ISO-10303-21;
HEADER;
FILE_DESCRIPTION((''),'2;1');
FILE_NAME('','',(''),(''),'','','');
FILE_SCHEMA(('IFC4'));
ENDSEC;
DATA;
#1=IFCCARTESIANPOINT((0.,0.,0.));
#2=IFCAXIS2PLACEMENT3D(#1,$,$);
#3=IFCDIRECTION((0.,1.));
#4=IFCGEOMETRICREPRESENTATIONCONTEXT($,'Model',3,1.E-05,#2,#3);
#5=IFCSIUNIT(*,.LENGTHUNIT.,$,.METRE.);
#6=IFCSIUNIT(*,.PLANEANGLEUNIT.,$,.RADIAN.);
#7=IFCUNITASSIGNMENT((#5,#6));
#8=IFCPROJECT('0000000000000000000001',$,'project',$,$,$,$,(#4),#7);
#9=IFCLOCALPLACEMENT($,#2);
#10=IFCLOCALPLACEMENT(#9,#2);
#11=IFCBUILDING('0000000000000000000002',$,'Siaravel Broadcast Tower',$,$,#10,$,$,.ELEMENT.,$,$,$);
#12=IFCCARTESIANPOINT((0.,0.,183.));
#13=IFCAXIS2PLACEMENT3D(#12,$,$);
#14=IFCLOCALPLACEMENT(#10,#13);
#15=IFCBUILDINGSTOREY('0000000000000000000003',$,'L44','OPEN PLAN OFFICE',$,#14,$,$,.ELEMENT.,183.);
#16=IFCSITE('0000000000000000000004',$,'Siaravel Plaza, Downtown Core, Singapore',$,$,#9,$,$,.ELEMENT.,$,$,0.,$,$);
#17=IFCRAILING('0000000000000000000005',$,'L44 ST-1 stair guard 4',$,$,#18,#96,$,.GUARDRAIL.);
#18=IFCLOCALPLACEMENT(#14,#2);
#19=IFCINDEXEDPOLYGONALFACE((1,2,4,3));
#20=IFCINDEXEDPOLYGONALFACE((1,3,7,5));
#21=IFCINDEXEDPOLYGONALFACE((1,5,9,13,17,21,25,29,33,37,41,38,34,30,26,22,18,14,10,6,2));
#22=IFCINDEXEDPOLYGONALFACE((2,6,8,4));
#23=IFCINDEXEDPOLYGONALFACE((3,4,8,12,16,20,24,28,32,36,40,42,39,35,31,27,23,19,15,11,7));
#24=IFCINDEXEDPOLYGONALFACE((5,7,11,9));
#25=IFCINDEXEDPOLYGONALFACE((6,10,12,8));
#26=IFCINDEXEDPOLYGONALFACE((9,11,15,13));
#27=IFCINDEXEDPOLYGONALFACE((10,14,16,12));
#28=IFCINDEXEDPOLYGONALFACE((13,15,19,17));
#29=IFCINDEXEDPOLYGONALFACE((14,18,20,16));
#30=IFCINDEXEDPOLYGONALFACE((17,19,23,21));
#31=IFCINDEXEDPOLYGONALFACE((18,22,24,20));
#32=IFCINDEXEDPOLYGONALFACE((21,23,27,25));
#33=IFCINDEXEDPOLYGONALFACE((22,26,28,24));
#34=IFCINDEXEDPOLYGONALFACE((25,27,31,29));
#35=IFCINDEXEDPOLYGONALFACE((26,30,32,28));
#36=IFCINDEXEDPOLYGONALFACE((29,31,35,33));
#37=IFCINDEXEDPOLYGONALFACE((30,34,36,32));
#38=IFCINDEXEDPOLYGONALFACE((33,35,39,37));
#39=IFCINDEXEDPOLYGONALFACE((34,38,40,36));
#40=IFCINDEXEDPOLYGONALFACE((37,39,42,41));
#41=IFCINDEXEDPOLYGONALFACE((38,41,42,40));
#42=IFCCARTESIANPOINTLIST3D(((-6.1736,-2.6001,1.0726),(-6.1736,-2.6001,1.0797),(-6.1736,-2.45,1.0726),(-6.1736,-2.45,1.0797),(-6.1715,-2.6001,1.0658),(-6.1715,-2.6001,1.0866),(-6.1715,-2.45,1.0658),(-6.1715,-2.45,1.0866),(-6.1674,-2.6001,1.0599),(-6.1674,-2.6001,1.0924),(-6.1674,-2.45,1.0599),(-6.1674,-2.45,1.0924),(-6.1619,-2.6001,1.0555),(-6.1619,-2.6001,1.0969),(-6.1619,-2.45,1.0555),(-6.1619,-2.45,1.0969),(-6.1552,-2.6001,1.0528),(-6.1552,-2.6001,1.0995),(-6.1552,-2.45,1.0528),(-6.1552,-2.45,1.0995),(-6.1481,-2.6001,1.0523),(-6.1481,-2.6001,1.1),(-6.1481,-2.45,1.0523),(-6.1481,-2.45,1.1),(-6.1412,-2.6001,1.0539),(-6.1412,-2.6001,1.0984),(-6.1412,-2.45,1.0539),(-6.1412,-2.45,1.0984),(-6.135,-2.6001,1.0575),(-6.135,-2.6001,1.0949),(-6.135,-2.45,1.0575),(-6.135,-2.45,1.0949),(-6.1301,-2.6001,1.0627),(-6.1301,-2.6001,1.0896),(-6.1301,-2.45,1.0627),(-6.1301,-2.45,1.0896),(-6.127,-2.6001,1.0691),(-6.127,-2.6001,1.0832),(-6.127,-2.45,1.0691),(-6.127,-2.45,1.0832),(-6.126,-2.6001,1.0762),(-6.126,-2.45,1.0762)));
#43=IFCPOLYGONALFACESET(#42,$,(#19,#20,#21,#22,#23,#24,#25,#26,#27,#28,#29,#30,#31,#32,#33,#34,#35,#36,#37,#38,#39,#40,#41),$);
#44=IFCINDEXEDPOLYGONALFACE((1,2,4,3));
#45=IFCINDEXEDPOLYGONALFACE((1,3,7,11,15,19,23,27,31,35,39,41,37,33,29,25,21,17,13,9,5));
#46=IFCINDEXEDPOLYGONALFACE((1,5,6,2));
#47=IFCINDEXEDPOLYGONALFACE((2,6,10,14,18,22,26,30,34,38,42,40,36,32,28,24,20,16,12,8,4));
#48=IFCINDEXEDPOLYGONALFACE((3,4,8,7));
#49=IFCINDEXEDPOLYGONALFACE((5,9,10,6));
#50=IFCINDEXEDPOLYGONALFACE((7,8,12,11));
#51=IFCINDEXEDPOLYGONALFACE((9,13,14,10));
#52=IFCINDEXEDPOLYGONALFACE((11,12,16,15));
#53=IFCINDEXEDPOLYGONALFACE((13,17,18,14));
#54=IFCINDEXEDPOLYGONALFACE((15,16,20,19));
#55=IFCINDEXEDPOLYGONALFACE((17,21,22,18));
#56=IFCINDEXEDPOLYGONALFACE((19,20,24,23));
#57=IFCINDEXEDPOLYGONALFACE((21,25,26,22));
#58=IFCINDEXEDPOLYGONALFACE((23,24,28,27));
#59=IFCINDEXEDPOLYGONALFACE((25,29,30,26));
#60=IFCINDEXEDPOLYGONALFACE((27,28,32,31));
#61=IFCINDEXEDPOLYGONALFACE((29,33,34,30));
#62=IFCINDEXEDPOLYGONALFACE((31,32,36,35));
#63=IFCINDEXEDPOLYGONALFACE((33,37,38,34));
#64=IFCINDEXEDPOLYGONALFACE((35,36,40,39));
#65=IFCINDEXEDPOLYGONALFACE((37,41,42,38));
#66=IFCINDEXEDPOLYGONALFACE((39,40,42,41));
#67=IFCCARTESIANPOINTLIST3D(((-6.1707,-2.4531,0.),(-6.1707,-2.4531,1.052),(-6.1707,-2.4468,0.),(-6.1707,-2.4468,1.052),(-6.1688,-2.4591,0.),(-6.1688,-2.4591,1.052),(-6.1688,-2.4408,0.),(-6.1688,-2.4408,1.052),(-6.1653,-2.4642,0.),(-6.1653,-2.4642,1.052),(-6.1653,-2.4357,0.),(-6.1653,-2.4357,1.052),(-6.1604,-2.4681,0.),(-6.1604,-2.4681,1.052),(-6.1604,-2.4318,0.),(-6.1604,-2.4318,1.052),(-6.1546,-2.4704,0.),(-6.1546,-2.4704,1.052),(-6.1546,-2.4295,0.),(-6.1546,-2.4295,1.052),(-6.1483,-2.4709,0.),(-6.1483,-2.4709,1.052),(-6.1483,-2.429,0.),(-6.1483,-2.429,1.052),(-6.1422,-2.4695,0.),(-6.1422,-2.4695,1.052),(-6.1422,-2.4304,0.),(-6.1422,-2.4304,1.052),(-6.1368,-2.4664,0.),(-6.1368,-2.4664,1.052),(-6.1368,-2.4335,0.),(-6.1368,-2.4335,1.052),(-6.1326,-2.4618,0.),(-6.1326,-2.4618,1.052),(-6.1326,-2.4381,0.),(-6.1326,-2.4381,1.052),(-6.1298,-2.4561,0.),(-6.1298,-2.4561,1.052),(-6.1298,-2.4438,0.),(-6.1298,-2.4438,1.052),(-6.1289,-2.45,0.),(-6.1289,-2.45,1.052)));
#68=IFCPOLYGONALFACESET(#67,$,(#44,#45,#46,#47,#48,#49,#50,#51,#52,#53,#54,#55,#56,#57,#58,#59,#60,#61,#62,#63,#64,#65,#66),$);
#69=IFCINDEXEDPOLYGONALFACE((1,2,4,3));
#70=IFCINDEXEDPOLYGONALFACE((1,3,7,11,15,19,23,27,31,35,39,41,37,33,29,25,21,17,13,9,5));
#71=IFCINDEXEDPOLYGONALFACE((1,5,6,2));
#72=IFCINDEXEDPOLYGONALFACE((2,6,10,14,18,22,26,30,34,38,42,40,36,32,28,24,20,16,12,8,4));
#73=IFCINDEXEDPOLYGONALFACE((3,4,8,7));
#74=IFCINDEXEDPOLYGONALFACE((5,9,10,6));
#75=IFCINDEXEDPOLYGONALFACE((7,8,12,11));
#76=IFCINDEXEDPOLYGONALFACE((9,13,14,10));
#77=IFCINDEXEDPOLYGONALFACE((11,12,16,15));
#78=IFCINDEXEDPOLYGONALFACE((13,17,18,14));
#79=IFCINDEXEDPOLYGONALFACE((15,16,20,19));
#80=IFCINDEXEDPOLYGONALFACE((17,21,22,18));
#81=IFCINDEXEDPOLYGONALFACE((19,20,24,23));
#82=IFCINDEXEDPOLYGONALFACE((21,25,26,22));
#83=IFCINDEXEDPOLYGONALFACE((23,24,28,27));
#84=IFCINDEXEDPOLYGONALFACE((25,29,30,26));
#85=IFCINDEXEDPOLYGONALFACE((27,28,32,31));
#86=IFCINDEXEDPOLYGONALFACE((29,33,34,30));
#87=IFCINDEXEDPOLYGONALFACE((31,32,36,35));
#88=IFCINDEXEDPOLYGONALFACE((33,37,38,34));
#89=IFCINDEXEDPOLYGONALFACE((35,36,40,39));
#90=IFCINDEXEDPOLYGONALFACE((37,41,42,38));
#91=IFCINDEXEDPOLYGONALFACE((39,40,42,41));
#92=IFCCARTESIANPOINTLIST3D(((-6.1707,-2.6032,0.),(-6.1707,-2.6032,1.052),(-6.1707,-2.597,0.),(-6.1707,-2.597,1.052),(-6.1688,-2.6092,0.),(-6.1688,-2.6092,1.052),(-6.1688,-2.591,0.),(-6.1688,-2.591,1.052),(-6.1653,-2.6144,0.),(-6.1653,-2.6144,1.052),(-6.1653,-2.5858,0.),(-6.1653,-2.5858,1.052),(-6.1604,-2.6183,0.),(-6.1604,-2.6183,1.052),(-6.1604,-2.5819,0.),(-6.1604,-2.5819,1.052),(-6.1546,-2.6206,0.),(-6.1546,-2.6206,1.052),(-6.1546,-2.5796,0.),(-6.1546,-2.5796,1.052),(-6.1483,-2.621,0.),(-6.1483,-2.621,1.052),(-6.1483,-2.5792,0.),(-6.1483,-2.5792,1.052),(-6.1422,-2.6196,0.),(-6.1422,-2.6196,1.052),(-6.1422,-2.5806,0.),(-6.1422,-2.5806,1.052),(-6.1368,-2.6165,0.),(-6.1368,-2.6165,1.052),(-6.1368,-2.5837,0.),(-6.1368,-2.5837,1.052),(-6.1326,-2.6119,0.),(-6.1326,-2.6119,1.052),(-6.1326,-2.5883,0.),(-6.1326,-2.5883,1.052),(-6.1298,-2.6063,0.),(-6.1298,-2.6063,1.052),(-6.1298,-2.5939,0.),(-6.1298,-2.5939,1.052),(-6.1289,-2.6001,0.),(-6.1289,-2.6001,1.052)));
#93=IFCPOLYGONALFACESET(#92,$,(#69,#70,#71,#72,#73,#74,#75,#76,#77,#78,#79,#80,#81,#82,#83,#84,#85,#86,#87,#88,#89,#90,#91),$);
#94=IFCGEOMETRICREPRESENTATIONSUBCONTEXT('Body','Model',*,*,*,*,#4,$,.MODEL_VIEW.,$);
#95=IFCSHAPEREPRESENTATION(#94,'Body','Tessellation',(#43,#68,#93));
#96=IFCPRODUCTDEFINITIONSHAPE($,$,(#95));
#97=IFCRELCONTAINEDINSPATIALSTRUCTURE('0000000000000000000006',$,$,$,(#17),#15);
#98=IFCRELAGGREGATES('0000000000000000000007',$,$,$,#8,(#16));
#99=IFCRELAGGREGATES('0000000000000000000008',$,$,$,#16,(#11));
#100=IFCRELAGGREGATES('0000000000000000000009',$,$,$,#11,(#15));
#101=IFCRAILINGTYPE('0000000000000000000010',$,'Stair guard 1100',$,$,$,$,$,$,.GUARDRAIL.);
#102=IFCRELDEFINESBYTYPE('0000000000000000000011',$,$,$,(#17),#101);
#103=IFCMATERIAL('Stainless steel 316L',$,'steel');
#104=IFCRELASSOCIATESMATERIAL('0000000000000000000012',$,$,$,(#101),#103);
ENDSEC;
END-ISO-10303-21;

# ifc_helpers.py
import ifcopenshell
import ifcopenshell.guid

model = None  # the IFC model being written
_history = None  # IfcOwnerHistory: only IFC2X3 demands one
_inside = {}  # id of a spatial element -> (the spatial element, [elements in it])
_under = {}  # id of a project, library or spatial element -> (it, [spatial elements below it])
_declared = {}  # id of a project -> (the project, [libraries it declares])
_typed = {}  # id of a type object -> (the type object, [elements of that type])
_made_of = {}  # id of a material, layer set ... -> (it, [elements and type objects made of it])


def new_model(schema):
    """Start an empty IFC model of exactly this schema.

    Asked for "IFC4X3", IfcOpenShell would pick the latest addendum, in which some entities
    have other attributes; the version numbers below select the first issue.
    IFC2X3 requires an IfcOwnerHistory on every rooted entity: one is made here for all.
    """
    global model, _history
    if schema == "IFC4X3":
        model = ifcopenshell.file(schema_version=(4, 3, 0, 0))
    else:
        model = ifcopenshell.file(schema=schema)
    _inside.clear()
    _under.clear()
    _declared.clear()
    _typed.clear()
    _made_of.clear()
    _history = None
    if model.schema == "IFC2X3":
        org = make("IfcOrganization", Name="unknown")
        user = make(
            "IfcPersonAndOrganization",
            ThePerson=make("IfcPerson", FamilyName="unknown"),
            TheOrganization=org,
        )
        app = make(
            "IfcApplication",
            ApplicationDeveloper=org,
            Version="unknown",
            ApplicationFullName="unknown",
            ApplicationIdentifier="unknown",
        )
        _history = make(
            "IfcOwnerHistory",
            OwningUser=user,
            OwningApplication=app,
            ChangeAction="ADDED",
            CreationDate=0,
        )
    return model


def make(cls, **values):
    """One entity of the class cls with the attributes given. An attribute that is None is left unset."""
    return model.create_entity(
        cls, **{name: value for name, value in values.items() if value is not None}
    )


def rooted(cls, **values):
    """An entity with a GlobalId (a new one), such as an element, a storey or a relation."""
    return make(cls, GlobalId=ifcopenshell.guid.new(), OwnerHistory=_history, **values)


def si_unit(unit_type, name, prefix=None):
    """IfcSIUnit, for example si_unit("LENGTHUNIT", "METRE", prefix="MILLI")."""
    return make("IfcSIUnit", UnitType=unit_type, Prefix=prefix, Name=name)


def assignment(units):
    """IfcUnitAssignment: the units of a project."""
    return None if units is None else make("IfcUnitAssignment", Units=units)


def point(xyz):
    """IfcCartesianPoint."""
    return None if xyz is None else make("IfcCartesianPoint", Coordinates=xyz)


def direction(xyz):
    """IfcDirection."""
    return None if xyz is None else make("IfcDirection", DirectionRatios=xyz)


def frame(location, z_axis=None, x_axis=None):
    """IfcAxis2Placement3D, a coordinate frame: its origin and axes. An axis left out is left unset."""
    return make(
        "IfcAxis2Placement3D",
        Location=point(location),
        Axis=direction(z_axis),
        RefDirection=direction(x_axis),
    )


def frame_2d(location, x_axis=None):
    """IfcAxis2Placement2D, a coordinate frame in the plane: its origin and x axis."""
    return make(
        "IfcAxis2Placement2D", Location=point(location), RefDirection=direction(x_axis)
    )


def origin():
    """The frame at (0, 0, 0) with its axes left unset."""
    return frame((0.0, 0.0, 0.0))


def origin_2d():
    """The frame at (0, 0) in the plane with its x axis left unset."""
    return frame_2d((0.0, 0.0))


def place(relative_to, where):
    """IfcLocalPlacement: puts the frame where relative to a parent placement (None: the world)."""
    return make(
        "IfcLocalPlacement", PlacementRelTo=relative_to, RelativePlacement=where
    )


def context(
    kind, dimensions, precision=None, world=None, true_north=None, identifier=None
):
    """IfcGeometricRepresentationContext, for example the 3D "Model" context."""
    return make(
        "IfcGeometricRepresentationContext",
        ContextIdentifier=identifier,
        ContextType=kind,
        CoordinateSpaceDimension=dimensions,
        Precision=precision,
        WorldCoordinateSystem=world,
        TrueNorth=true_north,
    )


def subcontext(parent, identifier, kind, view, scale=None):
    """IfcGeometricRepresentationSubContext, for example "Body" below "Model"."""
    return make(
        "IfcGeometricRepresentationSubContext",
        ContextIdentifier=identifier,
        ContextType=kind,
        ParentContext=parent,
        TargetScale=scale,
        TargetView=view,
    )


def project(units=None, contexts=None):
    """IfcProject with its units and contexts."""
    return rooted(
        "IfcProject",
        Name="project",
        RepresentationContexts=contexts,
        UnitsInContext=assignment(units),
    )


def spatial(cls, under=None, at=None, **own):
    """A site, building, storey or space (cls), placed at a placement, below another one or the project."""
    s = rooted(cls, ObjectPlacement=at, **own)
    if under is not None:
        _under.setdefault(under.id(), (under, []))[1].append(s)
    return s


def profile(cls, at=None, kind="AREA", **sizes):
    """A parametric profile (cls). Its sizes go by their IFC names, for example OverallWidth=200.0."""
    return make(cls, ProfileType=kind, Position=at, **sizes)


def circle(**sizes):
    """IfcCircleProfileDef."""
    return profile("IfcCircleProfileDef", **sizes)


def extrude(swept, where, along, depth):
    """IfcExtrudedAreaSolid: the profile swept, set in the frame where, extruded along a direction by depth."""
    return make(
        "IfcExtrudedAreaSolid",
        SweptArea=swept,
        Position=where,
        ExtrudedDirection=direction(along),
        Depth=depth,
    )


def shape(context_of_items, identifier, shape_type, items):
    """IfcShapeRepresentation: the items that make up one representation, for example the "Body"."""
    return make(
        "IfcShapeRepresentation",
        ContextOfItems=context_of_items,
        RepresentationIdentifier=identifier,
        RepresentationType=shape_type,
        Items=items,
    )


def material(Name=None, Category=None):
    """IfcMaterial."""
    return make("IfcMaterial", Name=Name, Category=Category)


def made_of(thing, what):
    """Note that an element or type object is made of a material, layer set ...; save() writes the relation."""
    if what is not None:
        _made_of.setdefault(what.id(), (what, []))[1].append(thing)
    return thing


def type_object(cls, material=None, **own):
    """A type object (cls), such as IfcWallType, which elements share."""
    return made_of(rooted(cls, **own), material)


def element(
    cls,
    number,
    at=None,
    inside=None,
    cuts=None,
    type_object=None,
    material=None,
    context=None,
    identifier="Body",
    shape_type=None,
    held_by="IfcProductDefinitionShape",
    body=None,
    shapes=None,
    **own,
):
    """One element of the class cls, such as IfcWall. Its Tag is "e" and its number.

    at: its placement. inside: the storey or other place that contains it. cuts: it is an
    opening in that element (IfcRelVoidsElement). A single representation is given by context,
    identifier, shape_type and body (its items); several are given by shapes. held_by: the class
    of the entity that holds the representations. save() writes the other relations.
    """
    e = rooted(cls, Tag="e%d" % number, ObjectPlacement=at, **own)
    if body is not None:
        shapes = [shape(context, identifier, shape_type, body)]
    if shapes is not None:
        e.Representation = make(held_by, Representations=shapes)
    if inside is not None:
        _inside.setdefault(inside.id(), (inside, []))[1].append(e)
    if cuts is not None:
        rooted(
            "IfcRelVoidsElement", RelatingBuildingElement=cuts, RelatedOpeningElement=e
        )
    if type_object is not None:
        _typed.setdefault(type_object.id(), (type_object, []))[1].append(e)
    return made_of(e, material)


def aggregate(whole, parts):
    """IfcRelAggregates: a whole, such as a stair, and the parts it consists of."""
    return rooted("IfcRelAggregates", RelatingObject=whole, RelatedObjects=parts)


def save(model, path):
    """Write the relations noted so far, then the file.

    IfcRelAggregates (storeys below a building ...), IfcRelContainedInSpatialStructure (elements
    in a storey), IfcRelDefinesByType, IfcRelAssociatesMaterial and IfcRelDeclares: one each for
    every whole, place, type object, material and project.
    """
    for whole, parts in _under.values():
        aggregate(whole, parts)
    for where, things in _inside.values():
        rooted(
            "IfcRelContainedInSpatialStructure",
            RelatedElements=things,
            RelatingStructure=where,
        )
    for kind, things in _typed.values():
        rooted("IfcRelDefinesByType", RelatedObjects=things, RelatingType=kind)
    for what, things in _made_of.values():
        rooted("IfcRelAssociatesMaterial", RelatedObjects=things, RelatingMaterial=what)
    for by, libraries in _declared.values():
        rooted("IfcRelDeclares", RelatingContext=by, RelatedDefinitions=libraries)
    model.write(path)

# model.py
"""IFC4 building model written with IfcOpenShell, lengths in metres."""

from ifc_helpers import new_model, si_unit, direction, frame, origin, origin_2d, place, context, subcontext, project, spatial, circle, extrude, material, type_object, element, save


model = new_model("IFC4")

# Units and contexts
model_context = context("Model", 3, precision=1e-05, world=origin(), true_north=direction((0.0, 1.0)))
body_context = subcontext(model_context, "Body", "Model", "MODEL_VIEW")
ifc_project = project(units=[si_unit("LENGTHUNIT", "METRE"), si_unit("PLANEANGLEUNIT", "RADIAN")], contexts=[model_context])

# Site, building, storey
site_placement = place(None, origin())
site = spatial("IfcSite", under=ifc_project, at=site_placement, Name="Siaravel Plaza, Downtown Core, Singapore", CompositionType="ELEMENT", RefElevation=0.0)
building_placement = place(site_placement, origin())
building = spatial("IfcBuilding", under=site, at=building_placement, Name="Siaravel Broadcast Tower", CompositionType="ELEMENT")
storey_placement = place(building_placement, frame((0.0, 0.0, 183.0)))
storey = spatial("IfcBuildingStorey", under=building, at=storey_placement, Name="L44", Description="OPEN PLAN OFFICE", CompositionType="ELEMENT", Elevation=183.0)

# Railing
ifc_material_1 = material(Name="Stainless steel 316L", Category="steel")
railing_type_1 = type_object("IfcRailingType", Name="Stair guard 1100", PredefinedType="GUARDRAIL", material=ifc_material_1)
railing_1_placement = place(storey_placement, frame((-6.1499, -2.45, 0.0)))
element("IfcRailing", 1, at=railing_1_placement, inside=storey, type_object=railing_type_1, Name="L44 ST-1 stair guard 4", PredefinedType="GUARDRAIL", context=body_context, shape_type="SweptSolid", body=[
    extrude(circle(Radius=0.0239, at=origin_2d()), frame((0.0, 0.0, 1.0762), z_axis=(0.0, -1.0, 0.0), x_axis=(1.0, 0.0, 0.0)), (0.0, 0.0, 1.0), 0.1501),
    extrude(circle(Radius=0.021, at=origin_2d()), origin(), (0.0, 0.0, 1.0), 1.052),
    extrude(circle(Radius=0.021, at=origin_2d()), frame((0.0, -0.1501, 0.0)), (0.0, 0.0, 1.0), 1.052),
])

save(model, "model.ifc")
